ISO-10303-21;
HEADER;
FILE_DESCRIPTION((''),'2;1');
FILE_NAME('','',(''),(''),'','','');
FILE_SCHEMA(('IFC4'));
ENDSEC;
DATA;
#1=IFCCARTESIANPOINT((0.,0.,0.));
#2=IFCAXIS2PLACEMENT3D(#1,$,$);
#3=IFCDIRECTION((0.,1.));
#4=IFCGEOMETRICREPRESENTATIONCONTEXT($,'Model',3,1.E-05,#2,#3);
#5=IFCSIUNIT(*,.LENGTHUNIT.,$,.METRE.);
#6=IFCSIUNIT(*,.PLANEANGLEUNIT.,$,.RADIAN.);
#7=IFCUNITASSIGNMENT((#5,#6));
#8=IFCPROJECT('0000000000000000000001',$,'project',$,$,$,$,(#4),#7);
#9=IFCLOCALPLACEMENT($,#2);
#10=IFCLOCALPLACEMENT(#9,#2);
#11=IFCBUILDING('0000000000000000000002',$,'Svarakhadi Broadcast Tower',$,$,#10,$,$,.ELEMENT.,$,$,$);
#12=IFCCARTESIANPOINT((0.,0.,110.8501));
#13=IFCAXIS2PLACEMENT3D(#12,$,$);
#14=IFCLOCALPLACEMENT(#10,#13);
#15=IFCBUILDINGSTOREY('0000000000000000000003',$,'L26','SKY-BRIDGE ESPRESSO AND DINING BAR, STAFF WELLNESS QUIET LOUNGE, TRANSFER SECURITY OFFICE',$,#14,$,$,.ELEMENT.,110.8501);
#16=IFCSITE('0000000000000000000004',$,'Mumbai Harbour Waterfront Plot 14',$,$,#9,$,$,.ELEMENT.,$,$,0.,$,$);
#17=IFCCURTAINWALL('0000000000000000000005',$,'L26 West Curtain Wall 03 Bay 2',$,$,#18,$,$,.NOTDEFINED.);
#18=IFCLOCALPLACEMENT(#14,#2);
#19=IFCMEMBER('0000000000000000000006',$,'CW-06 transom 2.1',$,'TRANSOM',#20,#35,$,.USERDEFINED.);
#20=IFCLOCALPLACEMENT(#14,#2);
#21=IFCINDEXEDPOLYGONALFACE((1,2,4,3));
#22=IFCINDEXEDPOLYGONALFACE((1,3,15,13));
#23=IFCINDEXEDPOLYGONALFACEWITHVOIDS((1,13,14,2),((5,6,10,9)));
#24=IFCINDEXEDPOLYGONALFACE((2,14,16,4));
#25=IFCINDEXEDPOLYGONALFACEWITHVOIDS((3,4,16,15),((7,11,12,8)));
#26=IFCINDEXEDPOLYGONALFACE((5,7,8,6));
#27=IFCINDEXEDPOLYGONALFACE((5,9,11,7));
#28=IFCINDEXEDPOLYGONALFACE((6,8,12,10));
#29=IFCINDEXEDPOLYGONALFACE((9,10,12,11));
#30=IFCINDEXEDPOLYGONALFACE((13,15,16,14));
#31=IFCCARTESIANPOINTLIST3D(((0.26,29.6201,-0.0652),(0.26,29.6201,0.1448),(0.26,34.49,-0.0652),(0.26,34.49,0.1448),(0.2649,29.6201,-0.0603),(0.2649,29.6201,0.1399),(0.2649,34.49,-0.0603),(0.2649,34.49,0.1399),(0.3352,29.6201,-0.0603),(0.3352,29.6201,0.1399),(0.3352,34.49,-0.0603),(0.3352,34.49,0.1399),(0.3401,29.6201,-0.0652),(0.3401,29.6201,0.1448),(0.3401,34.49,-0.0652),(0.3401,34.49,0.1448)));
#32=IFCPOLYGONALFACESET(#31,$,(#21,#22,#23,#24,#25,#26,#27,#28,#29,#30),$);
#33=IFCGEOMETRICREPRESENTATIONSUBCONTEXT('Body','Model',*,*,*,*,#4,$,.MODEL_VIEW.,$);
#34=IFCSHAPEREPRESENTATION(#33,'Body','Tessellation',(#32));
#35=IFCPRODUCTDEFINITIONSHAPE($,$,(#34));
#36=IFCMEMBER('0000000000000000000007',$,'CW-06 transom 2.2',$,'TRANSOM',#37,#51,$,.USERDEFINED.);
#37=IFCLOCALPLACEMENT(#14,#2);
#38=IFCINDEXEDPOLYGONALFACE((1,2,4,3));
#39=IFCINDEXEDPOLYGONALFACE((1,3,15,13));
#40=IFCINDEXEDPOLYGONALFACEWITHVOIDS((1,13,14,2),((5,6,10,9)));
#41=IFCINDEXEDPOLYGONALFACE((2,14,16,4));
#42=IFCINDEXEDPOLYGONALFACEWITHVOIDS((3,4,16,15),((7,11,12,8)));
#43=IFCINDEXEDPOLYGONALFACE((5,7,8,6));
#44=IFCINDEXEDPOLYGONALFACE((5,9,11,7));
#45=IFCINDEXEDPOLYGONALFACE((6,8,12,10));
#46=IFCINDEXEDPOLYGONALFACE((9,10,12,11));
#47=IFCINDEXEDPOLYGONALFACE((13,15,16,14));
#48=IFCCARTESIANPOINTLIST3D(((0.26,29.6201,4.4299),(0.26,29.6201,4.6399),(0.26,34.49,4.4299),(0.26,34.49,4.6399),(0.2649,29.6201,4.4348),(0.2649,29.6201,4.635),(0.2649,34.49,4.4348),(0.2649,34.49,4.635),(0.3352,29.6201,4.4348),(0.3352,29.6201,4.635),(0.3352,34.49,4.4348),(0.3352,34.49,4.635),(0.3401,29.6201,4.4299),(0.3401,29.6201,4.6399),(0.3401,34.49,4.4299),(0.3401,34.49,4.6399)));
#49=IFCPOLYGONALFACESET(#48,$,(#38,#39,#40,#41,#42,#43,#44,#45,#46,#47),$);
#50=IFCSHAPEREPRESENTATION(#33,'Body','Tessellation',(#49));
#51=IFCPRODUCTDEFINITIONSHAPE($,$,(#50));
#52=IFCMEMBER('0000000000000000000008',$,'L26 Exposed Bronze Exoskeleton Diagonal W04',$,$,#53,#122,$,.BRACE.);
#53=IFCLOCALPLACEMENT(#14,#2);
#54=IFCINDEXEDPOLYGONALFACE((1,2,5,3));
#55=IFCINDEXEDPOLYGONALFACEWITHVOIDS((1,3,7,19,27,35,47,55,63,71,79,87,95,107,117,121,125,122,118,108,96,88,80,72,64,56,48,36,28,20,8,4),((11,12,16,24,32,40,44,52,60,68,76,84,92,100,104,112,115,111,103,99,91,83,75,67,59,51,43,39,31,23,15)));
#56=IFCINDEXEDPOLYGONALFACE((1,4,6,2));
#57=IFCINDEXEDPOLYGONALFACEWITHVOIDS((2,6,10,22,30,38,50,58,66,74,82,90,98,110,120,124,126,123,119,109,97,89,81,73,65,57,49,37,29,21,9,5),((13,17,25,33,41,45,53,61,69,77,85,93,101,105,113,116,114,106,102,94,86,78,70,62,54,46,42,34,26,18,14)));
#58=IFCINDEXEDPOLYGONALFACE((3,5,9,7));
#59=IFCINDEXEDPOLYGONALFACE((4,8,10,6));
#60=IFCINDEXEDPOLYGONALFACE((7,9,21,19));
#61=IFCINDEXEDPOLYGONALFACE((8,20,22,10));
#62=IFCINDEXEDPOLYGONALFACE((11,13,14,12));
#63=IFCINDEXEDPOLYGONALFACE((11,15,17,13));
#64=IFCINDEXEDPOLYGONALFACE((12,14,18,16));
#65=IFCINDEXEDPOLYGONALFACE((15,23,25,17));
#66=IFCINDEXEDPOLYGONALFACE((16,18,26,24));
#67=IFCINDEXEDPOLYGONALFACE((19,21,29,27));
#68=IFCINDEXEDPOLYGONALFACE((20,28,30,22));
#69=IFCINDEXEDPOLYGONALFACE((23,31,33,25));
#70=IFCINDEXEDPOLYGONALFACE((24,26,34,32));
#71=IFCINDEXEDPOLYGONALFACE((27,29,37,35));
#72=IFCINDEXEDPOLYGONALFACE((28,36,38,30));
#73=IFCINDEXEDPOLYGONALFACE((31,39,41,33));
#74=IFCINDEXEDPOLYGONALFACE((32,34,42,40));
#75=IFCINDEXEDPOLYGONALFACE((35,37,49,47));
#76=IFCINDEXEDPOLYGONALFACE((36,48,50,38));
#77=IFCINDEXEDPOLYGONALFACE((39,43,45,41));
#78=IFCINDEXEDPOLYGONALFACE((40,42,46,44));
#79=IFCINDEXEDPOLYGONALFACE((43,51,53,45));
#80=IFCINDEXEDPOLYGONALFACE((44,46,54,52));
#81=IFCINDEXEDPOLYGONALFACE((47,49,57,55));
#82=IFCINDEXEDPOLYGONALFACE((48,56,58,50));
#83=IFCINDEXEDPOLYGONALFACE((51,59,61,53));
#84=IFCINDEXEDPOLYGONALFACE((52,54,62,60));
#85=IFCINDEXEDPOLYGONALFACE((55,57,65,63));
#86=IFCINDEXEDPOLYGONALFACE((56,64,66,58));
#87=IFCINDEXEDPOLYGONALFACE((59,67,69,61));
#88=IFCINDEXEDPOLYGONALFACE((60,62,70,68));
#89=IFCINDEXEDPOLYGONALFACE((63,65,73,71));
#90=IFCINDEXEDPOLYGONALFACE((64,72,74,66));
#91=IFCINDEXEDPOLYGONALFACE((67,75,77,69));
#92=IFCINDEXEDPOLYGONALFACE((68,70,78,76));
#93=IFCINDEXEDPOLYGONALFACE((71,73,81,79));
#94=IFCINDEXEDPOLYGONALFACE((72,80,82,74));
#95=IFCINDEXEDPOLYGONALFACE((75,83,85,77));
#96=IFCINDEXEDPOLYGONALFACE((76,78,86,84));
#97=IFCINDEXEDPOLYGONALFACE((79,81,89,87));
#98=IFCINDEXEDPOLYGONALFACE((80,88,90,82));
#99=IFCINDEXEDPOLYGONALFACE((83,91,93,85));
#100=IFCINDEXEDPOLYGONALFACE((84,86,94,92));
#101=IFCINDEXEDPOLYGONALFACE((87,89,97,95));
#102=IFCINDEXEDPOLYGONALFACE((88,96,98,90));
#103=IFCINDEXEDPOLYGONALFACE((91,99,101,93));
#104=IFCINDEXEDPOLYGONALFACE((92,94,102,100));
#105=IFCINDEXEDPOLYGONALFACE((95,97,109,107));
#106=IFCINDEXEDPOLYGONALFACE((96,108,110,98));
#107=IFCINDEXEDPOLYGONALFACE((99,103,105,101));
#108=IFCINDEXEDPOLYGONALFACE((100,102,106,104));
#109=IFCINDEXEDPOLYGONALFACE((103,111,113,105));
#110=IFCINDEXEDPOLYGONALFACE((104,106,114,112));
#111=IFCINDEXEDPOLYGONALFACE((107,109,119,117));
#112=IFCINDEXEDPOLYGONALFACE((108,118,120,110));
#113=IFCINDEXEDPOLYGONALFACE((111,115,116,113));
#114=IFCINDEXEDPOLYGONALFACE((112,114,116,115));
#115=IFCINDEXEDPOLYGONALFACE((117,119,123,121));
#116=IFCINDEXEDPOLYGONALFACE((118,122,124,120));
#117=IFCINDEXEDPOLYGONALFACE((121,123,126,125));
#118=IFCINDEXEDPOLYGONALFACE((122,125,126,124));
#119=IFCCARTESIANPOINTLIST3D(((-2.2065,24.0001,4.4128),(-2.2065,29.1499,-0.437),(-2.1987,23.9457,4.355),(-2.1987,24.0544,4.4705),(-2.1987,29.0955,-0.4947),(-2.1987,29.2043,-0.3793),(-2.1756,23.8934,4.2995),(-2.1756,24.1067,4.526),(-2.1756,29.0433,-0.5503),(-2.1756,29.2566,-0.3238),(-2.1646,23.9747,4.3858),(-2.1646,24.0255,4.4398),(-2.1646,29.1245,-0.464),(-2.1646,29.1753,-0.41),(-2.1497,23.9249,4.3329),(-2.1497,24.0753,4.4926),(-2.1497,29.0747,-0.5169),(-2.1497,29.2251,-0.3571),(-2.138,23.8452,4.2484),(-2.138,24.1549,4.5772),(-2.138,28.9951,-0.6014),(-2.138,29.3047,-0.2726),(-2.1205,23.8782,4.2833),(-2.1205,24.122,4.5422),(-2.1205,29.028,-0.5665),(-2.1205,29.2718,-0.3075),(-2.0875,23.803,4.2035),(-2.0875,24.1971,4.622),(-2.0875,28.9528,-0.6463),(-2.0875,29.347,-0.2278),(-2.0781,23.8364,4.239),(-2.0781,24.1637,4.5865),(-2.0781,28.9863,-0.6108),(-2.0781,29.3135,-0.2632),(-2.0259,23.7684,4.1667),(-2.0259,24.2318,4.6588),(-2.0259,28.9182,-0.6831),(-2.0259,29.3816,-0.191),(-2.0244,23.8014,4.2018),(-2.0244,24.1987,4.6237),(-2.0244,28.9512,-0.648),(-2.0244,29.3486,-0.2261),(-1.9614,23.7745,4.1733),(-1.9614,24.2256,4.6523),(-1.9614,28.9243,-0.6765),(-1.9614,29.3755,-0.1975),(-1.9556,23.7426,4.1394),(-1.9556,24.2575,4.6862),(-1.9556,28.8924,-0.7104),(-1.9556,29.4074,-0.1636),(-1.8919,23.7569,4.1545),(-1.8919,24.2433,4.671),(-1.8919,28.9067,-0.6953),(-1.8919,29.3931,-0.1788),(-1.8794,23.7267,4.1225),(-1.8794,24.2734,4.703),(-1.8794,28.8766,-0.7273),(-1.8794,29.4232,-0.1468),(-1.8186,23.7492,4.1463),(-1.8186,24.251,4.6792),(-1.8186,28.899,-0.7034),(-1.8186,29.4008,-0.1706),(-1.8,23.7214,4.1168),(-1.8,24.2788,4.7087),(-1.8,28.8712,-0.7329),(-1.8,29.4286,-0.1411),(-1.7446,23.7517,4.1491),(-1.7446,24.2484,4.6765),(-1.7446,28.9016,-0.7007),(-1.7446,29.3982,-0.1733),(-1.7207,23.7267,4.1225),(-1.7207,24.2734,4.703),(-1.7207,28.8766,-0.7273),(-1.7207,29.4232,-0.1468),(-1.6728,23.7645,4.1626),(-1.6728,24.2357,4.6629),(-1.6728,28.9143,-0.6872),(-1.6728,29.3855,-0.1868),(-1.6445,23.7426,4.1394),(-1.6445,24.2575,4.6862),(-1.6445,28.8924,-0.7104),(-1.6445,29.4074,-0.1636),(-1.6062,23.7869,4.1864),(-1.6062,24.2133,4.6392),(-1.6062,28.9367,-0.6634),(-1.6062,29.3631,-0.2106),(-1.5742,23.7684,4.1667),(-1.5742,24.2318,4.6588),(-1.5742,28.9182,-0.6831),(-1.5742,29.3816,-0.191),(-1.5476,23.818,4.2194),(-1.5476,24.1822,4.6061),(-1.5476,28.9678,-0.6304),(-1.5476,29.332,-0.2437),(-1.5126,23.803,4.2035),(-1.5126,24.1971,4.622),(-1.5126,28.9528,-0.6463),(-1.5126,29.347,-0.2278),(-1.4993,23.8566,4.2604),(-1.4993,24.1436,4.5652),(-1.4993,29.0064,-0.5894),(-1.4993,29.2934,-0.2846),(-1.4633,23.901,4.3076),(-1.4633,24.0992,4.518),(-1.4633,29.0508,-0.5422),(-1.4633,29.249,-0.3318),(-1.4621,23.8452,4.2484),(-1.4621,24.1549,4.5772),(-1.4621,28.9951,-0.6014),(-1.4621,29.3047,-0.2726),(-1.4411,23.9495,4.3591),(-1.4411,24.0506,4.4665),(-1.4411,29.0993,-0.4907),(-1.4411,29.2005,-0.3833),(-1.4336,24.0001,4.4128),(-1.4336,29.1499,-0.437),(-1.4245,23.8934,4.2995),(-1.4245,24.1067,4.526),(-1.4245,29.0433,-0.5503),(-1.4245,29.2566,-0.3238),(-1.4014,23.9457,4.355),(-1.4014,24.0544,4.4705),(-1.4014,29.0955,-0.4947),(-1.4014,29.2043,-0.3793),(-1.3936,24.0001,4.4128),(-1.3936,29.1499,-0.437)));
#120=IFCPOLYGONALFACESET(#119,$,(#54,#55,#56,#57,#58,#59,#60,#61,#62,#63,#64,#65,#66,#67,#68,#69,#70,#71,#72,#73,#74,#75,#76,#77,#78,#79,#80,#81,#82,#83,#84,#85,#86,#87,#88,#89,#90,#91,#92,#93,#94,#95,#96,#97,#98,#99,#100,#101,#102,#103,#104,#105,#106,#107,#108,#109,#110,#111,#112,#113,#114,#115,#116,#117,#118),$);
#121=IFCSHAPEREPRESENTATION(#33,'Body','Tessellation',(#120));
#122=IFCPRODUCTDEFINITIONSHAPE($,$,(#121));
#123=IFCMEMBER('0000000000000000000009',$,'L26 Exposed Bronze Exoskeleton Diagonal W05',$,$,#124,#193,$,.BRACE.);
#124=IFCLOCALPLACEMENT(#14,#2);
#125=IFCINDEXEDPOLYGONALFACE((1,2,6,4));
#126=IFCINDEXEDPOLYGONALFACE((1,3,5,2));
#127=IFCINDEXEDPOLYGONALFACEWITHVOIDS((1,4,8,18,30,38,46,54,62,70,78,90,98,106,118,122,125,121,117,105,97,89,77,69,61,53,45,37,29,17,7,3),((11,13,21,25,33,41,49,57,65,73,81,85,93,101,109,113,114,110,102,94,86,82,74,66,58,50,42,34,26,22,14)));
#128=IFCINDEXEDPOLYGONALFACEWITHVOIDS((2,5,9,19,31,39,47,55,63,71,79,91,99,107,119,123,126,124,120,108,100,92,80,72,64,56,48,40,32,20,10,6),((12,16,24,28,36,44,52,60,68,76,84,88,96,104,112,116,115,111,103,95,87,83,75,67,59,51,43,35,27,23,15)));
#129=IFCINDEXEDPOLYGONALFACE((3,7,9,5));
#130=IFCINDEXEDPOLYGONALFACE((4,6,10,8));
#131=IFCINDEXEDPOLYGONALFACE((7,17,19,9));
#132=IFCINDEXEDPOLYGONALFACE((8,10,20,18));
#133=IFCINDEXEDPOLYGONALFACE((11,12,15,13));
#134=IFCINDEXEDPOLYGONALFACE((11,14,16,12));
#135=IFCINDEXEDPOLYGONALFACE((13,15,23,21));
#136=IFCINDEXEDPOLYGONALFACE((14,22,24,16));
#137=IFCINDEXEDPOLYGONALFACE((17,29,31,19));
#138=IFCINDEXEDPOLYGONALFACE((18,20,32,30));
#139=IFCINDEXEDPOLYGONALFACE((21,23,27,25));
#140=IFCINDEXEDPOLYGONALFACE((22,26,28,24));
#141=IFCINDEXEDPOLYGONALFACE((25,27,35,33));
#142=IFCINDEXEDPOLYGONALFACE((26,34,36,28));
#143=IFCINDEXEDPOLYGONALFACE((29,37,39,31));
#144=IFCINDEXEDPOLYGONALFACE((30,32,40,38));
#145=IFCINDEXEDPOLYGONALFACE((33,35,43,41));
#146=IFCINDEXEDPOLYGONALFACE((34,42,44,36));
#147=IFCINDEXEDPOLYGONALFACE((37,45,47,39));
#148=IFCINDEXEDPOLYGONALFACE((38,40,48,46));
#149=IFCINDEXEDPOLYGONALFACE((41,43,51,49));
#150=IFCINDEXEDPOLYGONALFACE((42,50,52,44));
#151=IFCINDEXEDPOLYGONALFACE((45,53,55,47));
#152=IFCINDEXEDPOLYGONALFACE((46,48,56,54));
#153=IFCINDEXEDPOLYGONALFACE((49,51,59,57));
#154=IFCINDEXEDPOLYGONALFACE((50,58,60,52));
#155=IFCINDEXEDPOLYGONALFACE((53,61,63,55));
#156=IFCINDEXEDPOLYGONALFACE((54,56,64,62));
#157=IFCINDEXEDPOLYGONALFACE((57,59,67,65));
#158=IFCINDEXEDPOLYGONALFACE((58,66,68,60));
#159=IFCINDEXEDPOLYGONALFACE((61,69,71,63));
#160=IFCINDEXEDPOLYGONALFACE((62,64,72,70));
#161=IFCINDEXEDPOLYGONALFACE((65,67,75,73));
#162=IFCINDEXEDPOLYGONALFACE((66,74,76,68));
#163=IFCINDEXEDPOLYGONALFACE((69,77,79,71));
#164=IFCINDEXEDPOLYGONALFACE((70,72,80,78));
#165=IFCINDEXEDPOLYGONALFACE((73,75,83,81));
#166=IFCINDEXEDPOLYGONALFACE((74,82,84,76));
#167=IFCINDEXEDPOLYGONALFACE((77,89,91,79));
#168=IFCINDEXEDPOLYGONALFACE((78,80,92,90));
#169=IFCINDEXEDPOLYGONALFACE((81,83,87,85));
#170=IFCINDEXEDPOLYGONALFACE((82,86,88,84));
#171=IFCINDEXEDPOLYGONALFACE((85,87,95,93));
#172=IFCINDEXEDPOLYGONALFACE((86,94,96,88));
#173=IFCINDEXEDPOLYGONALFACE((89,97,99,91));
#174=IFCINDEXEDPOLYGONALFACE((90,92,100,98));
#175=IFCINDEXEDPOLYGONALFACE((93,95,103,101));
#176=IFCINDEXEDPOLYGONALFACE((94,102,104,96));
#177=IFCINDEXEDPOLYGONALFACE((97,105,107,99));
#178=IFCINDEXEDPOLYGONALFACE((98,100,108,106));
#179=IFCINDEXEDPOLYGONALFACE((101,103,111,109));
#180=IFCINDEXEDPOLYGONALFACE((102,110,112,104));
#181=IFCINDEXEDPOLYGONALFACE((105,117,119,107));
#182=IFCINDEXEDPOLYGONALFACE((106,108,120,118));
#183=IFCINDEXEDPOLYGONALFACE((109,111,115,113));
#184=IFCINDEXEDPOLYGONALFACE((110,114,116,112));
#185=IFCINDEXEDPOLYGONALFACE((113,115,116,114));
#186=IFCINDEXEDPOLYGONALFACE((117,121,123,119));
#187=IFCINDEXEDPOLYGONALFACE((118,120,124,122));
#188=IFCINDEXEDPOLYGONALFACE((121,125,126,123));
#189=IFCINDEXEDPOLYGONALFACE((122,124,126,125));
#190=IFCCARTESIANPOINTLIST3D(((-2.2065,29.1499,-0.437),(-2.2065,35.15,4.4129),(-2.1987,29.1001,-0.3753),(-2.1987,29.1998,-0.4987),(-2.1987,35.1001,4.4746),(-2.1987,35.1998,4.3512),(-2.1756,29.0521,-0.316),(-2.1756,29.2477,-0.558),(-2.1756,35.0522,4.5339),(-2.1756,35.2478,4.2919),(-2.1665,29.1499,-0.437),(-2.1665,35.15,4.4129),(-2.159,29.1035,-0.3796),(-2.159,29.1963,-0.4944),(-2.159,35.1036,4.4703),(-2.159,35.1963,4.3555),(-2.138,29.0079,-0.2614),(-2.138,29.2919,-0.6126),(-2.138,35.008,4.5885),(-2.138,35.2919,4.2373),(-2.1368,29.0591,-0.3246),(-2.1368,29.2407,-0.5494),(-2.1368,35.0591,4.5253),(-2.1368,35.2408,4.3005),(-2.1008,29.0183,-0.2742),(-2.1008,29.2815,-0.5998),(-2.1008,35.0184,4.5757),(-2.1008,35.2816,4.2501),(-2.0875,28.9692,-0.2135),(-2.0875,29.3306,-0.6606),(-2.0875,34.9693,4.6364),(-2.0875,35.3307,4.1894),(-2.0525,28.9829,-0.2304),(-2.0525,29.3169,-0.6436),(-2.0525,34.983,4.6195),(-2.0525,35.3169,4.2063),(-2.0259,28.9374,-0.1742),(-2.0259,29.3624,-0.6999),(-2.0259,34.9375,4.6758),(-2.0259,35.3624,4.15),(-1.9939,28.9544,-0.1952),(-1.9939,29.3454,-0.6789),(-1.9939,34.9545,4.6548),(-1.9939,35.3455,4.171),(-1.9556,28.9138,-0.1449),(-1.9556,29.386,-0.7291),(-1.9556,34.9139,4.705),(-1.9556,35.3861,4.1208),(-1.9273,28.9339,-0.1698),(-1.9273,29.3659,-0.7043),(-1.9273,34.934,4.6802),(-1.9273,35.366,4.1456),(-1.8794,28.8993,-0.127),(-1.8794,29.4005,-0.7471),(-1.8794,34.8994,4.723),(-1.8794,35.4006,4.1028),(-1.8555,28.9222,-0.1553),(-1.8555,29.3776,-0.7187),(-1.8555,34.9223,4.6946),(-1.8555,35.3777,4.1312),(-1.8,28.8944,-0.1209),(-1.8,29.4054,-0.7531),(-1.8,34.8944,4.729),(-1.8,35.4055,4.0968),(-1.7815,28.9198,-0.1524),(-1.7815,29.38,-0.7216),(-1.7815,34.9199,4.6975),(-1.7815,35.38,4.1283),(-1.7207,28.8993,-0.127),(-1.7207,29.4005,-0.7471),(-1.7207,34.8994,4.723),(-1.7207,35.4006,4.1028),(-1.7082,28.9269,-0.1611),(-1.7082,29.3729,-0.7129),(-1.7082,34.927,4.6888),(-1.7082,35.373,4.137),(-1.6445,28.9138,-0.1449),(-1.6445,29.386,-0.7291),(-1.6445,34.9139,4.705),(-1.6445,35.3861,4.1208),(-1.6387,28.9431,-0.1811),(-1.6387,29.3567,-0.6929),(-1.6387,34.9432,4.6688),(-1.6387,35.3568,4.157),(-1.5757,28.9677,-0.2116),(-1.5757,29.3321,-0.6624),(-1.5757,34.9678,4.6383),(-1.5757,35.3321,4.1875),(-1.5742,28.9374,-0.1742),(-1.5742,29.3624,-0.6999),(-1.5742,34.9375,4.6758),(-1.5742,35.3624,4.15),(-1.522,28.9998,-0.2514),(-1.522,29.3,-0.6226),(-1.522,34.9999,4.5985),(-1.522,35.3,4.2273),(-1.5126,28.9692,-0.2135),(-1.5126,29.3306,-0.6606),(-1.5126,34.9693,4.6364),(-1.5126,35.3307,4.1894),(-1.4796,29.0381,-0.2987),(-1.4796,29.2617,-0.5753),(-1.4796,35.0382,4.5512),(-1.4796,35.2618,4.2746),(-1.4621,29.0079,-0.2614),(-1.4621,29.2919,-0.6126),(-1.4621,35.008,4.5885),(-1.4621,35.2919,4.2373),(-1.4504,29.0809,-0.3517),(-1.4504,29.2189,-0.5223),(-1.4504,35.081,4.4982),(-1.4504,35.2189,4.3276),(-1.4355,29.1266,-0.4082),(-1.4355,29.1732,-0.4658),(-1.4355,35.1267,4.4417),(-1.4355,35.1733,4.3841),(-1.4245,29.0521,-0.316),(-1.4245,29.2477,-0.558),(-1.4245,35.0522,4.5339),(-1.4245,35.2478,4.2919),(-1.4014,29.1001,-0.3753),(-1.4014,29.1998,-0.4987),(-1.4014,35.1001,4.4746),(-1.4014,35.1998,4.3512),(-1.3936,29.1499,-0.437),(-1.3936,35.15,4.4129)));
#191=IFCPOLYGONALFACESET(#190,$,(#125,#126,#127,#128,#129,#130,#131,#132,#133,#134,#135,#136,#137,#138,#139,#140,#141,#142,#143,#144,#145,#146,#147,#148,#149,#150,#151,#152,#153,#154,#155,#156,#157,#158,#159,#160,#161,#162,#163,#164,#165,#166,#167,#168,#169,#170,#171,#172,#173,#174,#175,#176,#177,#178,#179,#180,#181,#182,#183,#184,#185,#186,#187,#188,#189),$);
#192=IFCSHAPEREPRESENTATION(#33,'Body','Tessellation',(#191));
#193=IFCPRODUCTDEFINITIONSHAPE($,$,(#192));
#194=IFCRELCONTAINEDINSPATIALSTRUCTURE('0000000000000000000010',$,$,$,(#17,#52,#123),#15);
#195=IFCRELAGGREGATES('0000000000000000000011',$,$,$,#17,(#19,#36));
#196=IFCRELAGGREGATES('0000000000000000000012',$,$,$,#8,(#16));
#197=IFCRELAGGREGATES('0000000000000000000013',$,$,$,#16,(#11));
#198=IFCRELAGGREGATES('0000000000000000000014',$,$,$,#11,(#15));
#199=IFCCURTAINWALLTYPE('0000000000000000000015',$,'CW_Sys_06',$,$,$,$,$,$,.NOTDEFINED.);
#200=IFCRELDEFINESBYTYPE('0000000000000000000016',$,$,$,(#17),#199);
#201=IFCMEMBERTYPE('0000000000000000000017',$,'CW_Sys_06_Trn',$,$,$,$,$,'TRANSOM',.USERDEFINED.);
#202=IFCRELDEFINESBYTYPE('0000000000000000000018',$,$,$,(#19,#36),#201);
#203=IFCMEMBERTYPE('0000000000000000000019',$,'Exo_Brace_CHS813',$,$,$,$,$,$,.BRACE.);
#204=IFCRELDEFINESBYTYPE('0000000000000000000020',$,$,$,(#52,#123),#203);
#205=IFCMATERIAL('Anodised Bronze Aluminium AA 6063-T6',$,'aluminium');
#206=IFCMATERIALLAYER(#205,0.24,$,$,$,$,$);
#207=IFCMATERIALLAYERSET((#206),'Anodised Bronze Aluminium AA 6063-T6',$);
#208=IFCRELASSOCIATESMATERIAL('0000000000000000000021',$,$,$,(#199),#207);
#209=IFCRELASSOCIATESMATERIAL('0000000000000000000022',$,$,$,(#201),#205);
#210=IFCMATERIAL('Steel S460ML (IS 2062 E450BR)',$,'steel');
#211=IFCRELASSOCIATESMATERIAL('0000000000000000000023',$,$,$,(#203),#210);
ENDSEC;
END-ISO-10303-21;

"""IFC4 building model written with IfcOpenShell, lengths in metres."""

from ifc_helpers import new_model, si_unit, direction, frame, origin, origin_2d, place, context, subcontext, project, spatial, hollow_rectangle, hollow_circle, extrude, material, layer, layer_set, material_profile, profile_set, type_object, element, aggregate, save


model = new_model("IFC4")

# Units and contexts
model_context = context("Model", 3, precision=1e-05, world=origin(), true_north=direction((0.0, 1.0)))
body_context = subcontext(model_context, "Body", "Model", "MODEL_VIEW")
ifc_project = project(units=[si_unit("LENGTHUNIT", "METRE"), si_unit("PLANEANGLEUNIT", "RADIAN")], contexts=[model_context])

# Site, building, storey
site_placement = place(None, origin())
site = spatial("IfcSite", under=ifc_project, at=site_placement, Name="Mumbai Harbour Waterfront Plot 14", CompositionType="ELEMENT", RefElevation=0.0)
building_placement = place(site_placement, origin())
building = spatial("IfcBuilding", under=site, at=building_placement, Name="Svarakhadi Broadcast Tower", CompositionType="ELEMENT")
storey_placement = place(building_placement, frame((0.0, 0.0, 110.8501)))
storey = spatial("IfcBuildingStorey", under=building, at=storey_placement, Name="L26", Description="SKY-BRIDGE ESPRESSO AND DINING BAR, STAFF WELLNESS QUIET LOUNGE, TRANSFER SECURITY OFFICE", CompositionType="ELEMENT", Elevation=110.8501)

# Shared definitions
ifc_material_1 = material(Name="Steel S460ML (IS 2062 E450BR)", Category="steel")

# Curtain wall
ifc_material_2 = material(Name="Anodised Bronze Aluminium AA 6063-T6", Category="aluminium")
ifc_layer_1 = layer(ifc_material_2, 0.24)
ifc_layer_set_1 = layer_set([ifc_layer_1], Name="Anodised Bronze Aluminium AA 6063-T6")
curtain_wall_type = type_object("IfcCurtainWallType", Name="CW_Sys_06", PredefinedType="NOTDEFINED", material=ifc_layer_set_1)
curtain_wall_1_placement = place(storey_placement, origin())
curtain_wall_1 = element("IfcCurtainWall", 1, at=curtain_wall_1_placement, inside=storey, type_object=curtain_wall_type, Name="L26 West Curtain Wall 03 Bay 2", PredefinedType="NOTDEFINED")

# Members
ifc_material_profile_1 = material_profile(ifc_material_2, hollow_rectangle(XDim=0.0801, YDim=0.21, WallThickness=0.0049, at=origin_2d()), Name="ALU TRANSOM 210x80x5")
ifc_profile_set_1 = profile_set([ifc_material_profile_1], Name="Anodised Bronze Aluminium AA 6063-T6")
member_type_1 = type_object("IfcMemberType", Name="CW_Sys_06_Trn", ElementType="TRANSOM", PredefinedType="USERDEFINED", material=ifc_profile_set_1)
member_1_placement = place(storey_placement, frame((0.3, 29.6201, 0.0398), z_axis=(0.0, 1.0, 0.0), x_axis=(-1.0, 0.0, 0.0)))
member_1 = element("IfcMember", 2, at=member_1_placement, type_object=member_type_1, Name="CW-06 transom 2.1", ObjectType="TRANSOM", PredefinedType="USERDEFINED", context=body_context, shape_type="SweptSolid", body=[
    extrude(hollow_rectangle(XDim=0.0801, YDim=0.21, WallThickness=0.0049, at=origin_2d()), origin(), (0.0, 0.0, 1.0), 4.8699),
])
member_2_placement = place(storey_placement, frame((0.3, 29.6201, 4.5349), z_axis=(0.0, 1.0, 0.0), x_axis=(-1.0, 0.0, 0.0)))
member_2 = element("IfcMember", 3, at=member_2_placement, type_object=member_type_1, Name="CW-06 transom 2.2", ObjectType="TRANSOM", PredefinedType="USERDEFINED", context=body_context, shape_type="SweptSolid", body=[
    extrude(hollow_rectangle(XDim=0.0801, YDim=0.21, WallThickness=0.0049, at=origin_2d()), origin(), (0.0, 0.0, 1.0), 4.8699),
])

# Members
ifc_material_profile_2 = material_profile(ifc_material_1, hollow_circle(Radius=0.4065, WallThickness=0.04, at=origin_2d()), Name="CHS 813x40")
ifc_profile_set_2 = profile_set([ifc_material_profile_2], Name="Steel S460ML (IS 2062 E450BR)")
member_type_2 = type_object("IfcMemberType", Name="Exo_Brace_CHS813", PredefinedType="BRACE", material=ifc_profile_set_2)
member_3_placement = place(storey_placement, frame((-1.8, 29.1499, -0.437), z_axis=(0.0, -0.727996, 0.685581), x_axis=(1.0, 0.0, 0.0)))
element("IfcMember", 4, at=member_3_placement, inside=storey, type_object=member_type_2, Name="L26 Exposed Bronze Exoskeleton Diagonal W04", PredefinedType="BRACE", context=body_context, shape_type="SweptSolid", body=[
    extrude(hollow_circle(Radius=0.4065, WallThickness=0.04, at=origin_2d()), origin(), (0.0, 0.0, 1.0), 7.074),
])
member_4_placement = place(storey_placement, frame((-1.8, 29.1499, -0.437), z_axis=(0.0, 0.777707, 0.628627), x_axis=(-1.0, 0.0, 0.0)))
element("IfcMember", 5, at=member_4_placement, inside=storey, type_object=member_type_2, Name="L26 Exposed Bronze Exoskeleton Diagonal W05", PredefinedType="BRACE", context=body_context, shape_type="SweptSolid", body=[
    extrude(hollow_circle(Radius=0.4065, WallThickness=0.04, at=origin_2d()), origin(), (0.0, 0.0, 1.0), 7.7151),
])

aggregate(curtain_wall_1, [member_1, member_2])

save(model, "model.ifc")
